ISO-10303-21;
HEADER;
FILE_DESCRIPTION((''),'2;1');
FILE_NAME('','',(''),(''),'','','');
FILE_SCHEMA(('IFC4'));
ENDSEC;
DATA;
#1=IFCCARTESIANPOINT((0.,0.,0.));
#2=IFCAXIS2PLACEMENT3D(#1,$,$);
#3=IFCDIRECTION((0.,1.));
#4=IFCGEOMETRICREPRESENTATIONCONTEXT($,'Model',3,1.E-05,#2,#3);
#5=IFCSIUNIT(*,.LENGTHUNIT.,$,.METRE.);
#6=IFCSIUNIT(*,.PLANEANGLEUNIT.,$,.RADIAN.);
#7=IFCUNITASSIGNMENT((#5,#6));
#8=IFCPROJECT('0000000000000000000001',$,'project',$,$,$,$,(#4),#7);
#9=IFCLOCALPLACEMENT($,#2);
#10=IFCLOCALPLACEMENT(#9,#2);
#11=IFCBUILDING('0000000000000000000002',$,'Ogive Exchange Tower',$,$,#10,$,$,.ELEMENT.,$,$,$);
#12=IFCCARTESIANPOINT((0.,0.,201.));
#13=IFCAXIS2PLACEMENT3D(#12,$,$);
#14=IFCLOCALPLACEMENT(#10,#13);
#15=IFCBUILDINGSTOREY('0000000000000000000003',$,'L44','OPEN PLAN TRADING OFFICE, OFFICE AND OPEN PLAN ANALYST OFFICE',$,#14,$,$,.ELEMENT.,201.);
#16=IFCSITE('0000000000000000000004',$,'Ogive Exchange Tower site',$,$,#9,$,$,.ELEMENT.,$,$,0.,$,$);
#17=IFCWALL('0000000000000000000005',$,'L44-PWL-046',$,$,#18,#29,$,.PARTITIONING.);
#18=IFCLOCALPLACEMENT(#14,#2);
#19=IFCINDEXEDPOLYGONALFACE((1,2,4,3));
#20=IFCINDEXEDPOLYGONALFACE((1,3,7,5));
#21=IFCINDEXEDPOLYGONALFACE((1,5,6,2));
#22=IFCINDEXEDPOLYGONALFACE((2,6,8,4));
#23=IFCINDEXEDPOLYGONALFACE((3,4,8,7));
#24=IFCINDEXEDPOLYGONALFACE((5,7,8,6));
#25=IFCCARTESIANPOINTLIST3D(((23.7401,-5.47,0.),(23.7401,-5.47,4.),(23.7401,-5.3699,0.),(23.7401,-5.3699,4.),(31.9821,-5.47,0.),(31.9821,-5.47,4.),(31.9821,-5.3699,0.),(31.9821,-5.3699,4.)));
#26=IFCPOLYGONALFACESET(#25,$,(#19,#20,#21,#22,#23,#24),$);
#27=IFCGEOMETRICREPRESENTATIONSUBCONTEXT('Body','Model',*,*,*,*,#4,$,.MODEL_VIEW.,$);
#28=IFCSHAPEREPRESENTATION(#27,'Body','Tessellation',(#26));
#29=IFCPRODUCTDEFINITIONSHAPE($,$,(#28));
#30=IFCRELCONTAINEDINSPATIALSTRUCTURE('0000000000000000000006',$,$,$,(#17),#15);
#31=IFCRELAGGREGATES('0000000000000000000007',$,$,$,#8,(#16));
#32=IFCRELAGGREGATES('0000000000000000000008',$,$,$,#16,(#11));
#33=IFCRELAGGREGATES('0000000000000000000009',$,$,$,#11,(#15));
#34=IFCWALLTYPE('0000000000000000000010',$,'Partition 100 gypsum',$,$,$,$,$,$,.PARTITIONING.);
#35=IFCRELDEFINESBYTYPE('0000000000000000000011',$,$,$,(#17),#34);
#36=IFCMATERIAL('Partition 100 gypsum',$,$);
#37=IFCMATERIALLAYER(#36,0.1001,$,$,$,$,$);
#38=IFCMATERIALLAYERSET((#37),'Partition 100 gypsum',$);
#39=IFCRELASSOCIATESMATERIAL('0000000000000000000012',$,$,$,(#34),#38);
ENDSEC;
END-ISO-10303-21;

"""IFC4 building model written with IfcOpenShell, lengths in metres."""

from ifc_helpers import new_model, si_unit, direction, frame, frame_2d, origin, place, context, subcontext, project, spatial, rectangle, extrude, material, layer, layer_set, type_object, element, save


model = new_model("IFC4")

# Units and contexts
model_context = context("Model", 3, precision=1e-05, world=origin(), true_north=direction((0.0, 1.0)))
body_context = subcontext(model_context, "Body", "Model", "MODEL_VIEW")
ifc_project = project(units=[si_unit("LENGTHUNIT", "METRE"), si_unit("PLANEANGLEUNIT", "RADIAN")], contexts=[model_context])

# Site, building, storey
site_placement = place(None, origin())
site = spatial("IfcSite", under=ifc_project, at=site_placement, Name="Ogive Exchange Tower site", CompositionType="ELEMENT", RefElevation=0.0)
building_placement = place(site_placement, origin())
building = spatial("IfcBuilding", under=site, at=building_placement, Name="Ogive Exchange Tower", CompositionType="ELEMENT")
storey_placement = place(building_placement, frame((0.0, 0.0, 201.0)))
storey = spatial("IfcBuildingStorey", under=building, at=storey_placement, Name="L44", Description="OPEN PLAN TRADING OFFICE, OFFICE AND OPEN PLAN ANALYST OFFICE", CompositionType="ELEMENT", Elevation=201.0)

# Wall
ifc_material_1 = material(Name="Partition 100 gypsum")
ifc_layer_1 = layer(ifc_material_1, 0.1001)
ifc_layer_set_1 = layer_set([ifc_layer_1], Name="Partition 100 gypsum")
wall_type_1 = type_object("IfcWallType", Name="Partition 100 gypsum", PredefinedType="PARTITIONING", material=ifc_layer_set_1)
wall_1_placement = place(storey_placement, frame((23.74, -5.4199, 0.0), z_axis=(0.0, 0.0, 1.0), x_axis=(1.0, 0.0, 0.0)))
element("IfcWall", 1, at=wall_1_placement, inside=storey, type_object=wall_type_1, Name="L44-PWL-046", PredefinedType="PARTITIONING", context=body_context, shape_type="SweptSolid", body=[
    extrude(rectangle(XDim=8.2419, YDim=0.1001, at=frame_2d((4.1211, 0.0))), origin(), (0.0, 0.0, 1.0), 4.0),
])

save(model, "model.ifc")
